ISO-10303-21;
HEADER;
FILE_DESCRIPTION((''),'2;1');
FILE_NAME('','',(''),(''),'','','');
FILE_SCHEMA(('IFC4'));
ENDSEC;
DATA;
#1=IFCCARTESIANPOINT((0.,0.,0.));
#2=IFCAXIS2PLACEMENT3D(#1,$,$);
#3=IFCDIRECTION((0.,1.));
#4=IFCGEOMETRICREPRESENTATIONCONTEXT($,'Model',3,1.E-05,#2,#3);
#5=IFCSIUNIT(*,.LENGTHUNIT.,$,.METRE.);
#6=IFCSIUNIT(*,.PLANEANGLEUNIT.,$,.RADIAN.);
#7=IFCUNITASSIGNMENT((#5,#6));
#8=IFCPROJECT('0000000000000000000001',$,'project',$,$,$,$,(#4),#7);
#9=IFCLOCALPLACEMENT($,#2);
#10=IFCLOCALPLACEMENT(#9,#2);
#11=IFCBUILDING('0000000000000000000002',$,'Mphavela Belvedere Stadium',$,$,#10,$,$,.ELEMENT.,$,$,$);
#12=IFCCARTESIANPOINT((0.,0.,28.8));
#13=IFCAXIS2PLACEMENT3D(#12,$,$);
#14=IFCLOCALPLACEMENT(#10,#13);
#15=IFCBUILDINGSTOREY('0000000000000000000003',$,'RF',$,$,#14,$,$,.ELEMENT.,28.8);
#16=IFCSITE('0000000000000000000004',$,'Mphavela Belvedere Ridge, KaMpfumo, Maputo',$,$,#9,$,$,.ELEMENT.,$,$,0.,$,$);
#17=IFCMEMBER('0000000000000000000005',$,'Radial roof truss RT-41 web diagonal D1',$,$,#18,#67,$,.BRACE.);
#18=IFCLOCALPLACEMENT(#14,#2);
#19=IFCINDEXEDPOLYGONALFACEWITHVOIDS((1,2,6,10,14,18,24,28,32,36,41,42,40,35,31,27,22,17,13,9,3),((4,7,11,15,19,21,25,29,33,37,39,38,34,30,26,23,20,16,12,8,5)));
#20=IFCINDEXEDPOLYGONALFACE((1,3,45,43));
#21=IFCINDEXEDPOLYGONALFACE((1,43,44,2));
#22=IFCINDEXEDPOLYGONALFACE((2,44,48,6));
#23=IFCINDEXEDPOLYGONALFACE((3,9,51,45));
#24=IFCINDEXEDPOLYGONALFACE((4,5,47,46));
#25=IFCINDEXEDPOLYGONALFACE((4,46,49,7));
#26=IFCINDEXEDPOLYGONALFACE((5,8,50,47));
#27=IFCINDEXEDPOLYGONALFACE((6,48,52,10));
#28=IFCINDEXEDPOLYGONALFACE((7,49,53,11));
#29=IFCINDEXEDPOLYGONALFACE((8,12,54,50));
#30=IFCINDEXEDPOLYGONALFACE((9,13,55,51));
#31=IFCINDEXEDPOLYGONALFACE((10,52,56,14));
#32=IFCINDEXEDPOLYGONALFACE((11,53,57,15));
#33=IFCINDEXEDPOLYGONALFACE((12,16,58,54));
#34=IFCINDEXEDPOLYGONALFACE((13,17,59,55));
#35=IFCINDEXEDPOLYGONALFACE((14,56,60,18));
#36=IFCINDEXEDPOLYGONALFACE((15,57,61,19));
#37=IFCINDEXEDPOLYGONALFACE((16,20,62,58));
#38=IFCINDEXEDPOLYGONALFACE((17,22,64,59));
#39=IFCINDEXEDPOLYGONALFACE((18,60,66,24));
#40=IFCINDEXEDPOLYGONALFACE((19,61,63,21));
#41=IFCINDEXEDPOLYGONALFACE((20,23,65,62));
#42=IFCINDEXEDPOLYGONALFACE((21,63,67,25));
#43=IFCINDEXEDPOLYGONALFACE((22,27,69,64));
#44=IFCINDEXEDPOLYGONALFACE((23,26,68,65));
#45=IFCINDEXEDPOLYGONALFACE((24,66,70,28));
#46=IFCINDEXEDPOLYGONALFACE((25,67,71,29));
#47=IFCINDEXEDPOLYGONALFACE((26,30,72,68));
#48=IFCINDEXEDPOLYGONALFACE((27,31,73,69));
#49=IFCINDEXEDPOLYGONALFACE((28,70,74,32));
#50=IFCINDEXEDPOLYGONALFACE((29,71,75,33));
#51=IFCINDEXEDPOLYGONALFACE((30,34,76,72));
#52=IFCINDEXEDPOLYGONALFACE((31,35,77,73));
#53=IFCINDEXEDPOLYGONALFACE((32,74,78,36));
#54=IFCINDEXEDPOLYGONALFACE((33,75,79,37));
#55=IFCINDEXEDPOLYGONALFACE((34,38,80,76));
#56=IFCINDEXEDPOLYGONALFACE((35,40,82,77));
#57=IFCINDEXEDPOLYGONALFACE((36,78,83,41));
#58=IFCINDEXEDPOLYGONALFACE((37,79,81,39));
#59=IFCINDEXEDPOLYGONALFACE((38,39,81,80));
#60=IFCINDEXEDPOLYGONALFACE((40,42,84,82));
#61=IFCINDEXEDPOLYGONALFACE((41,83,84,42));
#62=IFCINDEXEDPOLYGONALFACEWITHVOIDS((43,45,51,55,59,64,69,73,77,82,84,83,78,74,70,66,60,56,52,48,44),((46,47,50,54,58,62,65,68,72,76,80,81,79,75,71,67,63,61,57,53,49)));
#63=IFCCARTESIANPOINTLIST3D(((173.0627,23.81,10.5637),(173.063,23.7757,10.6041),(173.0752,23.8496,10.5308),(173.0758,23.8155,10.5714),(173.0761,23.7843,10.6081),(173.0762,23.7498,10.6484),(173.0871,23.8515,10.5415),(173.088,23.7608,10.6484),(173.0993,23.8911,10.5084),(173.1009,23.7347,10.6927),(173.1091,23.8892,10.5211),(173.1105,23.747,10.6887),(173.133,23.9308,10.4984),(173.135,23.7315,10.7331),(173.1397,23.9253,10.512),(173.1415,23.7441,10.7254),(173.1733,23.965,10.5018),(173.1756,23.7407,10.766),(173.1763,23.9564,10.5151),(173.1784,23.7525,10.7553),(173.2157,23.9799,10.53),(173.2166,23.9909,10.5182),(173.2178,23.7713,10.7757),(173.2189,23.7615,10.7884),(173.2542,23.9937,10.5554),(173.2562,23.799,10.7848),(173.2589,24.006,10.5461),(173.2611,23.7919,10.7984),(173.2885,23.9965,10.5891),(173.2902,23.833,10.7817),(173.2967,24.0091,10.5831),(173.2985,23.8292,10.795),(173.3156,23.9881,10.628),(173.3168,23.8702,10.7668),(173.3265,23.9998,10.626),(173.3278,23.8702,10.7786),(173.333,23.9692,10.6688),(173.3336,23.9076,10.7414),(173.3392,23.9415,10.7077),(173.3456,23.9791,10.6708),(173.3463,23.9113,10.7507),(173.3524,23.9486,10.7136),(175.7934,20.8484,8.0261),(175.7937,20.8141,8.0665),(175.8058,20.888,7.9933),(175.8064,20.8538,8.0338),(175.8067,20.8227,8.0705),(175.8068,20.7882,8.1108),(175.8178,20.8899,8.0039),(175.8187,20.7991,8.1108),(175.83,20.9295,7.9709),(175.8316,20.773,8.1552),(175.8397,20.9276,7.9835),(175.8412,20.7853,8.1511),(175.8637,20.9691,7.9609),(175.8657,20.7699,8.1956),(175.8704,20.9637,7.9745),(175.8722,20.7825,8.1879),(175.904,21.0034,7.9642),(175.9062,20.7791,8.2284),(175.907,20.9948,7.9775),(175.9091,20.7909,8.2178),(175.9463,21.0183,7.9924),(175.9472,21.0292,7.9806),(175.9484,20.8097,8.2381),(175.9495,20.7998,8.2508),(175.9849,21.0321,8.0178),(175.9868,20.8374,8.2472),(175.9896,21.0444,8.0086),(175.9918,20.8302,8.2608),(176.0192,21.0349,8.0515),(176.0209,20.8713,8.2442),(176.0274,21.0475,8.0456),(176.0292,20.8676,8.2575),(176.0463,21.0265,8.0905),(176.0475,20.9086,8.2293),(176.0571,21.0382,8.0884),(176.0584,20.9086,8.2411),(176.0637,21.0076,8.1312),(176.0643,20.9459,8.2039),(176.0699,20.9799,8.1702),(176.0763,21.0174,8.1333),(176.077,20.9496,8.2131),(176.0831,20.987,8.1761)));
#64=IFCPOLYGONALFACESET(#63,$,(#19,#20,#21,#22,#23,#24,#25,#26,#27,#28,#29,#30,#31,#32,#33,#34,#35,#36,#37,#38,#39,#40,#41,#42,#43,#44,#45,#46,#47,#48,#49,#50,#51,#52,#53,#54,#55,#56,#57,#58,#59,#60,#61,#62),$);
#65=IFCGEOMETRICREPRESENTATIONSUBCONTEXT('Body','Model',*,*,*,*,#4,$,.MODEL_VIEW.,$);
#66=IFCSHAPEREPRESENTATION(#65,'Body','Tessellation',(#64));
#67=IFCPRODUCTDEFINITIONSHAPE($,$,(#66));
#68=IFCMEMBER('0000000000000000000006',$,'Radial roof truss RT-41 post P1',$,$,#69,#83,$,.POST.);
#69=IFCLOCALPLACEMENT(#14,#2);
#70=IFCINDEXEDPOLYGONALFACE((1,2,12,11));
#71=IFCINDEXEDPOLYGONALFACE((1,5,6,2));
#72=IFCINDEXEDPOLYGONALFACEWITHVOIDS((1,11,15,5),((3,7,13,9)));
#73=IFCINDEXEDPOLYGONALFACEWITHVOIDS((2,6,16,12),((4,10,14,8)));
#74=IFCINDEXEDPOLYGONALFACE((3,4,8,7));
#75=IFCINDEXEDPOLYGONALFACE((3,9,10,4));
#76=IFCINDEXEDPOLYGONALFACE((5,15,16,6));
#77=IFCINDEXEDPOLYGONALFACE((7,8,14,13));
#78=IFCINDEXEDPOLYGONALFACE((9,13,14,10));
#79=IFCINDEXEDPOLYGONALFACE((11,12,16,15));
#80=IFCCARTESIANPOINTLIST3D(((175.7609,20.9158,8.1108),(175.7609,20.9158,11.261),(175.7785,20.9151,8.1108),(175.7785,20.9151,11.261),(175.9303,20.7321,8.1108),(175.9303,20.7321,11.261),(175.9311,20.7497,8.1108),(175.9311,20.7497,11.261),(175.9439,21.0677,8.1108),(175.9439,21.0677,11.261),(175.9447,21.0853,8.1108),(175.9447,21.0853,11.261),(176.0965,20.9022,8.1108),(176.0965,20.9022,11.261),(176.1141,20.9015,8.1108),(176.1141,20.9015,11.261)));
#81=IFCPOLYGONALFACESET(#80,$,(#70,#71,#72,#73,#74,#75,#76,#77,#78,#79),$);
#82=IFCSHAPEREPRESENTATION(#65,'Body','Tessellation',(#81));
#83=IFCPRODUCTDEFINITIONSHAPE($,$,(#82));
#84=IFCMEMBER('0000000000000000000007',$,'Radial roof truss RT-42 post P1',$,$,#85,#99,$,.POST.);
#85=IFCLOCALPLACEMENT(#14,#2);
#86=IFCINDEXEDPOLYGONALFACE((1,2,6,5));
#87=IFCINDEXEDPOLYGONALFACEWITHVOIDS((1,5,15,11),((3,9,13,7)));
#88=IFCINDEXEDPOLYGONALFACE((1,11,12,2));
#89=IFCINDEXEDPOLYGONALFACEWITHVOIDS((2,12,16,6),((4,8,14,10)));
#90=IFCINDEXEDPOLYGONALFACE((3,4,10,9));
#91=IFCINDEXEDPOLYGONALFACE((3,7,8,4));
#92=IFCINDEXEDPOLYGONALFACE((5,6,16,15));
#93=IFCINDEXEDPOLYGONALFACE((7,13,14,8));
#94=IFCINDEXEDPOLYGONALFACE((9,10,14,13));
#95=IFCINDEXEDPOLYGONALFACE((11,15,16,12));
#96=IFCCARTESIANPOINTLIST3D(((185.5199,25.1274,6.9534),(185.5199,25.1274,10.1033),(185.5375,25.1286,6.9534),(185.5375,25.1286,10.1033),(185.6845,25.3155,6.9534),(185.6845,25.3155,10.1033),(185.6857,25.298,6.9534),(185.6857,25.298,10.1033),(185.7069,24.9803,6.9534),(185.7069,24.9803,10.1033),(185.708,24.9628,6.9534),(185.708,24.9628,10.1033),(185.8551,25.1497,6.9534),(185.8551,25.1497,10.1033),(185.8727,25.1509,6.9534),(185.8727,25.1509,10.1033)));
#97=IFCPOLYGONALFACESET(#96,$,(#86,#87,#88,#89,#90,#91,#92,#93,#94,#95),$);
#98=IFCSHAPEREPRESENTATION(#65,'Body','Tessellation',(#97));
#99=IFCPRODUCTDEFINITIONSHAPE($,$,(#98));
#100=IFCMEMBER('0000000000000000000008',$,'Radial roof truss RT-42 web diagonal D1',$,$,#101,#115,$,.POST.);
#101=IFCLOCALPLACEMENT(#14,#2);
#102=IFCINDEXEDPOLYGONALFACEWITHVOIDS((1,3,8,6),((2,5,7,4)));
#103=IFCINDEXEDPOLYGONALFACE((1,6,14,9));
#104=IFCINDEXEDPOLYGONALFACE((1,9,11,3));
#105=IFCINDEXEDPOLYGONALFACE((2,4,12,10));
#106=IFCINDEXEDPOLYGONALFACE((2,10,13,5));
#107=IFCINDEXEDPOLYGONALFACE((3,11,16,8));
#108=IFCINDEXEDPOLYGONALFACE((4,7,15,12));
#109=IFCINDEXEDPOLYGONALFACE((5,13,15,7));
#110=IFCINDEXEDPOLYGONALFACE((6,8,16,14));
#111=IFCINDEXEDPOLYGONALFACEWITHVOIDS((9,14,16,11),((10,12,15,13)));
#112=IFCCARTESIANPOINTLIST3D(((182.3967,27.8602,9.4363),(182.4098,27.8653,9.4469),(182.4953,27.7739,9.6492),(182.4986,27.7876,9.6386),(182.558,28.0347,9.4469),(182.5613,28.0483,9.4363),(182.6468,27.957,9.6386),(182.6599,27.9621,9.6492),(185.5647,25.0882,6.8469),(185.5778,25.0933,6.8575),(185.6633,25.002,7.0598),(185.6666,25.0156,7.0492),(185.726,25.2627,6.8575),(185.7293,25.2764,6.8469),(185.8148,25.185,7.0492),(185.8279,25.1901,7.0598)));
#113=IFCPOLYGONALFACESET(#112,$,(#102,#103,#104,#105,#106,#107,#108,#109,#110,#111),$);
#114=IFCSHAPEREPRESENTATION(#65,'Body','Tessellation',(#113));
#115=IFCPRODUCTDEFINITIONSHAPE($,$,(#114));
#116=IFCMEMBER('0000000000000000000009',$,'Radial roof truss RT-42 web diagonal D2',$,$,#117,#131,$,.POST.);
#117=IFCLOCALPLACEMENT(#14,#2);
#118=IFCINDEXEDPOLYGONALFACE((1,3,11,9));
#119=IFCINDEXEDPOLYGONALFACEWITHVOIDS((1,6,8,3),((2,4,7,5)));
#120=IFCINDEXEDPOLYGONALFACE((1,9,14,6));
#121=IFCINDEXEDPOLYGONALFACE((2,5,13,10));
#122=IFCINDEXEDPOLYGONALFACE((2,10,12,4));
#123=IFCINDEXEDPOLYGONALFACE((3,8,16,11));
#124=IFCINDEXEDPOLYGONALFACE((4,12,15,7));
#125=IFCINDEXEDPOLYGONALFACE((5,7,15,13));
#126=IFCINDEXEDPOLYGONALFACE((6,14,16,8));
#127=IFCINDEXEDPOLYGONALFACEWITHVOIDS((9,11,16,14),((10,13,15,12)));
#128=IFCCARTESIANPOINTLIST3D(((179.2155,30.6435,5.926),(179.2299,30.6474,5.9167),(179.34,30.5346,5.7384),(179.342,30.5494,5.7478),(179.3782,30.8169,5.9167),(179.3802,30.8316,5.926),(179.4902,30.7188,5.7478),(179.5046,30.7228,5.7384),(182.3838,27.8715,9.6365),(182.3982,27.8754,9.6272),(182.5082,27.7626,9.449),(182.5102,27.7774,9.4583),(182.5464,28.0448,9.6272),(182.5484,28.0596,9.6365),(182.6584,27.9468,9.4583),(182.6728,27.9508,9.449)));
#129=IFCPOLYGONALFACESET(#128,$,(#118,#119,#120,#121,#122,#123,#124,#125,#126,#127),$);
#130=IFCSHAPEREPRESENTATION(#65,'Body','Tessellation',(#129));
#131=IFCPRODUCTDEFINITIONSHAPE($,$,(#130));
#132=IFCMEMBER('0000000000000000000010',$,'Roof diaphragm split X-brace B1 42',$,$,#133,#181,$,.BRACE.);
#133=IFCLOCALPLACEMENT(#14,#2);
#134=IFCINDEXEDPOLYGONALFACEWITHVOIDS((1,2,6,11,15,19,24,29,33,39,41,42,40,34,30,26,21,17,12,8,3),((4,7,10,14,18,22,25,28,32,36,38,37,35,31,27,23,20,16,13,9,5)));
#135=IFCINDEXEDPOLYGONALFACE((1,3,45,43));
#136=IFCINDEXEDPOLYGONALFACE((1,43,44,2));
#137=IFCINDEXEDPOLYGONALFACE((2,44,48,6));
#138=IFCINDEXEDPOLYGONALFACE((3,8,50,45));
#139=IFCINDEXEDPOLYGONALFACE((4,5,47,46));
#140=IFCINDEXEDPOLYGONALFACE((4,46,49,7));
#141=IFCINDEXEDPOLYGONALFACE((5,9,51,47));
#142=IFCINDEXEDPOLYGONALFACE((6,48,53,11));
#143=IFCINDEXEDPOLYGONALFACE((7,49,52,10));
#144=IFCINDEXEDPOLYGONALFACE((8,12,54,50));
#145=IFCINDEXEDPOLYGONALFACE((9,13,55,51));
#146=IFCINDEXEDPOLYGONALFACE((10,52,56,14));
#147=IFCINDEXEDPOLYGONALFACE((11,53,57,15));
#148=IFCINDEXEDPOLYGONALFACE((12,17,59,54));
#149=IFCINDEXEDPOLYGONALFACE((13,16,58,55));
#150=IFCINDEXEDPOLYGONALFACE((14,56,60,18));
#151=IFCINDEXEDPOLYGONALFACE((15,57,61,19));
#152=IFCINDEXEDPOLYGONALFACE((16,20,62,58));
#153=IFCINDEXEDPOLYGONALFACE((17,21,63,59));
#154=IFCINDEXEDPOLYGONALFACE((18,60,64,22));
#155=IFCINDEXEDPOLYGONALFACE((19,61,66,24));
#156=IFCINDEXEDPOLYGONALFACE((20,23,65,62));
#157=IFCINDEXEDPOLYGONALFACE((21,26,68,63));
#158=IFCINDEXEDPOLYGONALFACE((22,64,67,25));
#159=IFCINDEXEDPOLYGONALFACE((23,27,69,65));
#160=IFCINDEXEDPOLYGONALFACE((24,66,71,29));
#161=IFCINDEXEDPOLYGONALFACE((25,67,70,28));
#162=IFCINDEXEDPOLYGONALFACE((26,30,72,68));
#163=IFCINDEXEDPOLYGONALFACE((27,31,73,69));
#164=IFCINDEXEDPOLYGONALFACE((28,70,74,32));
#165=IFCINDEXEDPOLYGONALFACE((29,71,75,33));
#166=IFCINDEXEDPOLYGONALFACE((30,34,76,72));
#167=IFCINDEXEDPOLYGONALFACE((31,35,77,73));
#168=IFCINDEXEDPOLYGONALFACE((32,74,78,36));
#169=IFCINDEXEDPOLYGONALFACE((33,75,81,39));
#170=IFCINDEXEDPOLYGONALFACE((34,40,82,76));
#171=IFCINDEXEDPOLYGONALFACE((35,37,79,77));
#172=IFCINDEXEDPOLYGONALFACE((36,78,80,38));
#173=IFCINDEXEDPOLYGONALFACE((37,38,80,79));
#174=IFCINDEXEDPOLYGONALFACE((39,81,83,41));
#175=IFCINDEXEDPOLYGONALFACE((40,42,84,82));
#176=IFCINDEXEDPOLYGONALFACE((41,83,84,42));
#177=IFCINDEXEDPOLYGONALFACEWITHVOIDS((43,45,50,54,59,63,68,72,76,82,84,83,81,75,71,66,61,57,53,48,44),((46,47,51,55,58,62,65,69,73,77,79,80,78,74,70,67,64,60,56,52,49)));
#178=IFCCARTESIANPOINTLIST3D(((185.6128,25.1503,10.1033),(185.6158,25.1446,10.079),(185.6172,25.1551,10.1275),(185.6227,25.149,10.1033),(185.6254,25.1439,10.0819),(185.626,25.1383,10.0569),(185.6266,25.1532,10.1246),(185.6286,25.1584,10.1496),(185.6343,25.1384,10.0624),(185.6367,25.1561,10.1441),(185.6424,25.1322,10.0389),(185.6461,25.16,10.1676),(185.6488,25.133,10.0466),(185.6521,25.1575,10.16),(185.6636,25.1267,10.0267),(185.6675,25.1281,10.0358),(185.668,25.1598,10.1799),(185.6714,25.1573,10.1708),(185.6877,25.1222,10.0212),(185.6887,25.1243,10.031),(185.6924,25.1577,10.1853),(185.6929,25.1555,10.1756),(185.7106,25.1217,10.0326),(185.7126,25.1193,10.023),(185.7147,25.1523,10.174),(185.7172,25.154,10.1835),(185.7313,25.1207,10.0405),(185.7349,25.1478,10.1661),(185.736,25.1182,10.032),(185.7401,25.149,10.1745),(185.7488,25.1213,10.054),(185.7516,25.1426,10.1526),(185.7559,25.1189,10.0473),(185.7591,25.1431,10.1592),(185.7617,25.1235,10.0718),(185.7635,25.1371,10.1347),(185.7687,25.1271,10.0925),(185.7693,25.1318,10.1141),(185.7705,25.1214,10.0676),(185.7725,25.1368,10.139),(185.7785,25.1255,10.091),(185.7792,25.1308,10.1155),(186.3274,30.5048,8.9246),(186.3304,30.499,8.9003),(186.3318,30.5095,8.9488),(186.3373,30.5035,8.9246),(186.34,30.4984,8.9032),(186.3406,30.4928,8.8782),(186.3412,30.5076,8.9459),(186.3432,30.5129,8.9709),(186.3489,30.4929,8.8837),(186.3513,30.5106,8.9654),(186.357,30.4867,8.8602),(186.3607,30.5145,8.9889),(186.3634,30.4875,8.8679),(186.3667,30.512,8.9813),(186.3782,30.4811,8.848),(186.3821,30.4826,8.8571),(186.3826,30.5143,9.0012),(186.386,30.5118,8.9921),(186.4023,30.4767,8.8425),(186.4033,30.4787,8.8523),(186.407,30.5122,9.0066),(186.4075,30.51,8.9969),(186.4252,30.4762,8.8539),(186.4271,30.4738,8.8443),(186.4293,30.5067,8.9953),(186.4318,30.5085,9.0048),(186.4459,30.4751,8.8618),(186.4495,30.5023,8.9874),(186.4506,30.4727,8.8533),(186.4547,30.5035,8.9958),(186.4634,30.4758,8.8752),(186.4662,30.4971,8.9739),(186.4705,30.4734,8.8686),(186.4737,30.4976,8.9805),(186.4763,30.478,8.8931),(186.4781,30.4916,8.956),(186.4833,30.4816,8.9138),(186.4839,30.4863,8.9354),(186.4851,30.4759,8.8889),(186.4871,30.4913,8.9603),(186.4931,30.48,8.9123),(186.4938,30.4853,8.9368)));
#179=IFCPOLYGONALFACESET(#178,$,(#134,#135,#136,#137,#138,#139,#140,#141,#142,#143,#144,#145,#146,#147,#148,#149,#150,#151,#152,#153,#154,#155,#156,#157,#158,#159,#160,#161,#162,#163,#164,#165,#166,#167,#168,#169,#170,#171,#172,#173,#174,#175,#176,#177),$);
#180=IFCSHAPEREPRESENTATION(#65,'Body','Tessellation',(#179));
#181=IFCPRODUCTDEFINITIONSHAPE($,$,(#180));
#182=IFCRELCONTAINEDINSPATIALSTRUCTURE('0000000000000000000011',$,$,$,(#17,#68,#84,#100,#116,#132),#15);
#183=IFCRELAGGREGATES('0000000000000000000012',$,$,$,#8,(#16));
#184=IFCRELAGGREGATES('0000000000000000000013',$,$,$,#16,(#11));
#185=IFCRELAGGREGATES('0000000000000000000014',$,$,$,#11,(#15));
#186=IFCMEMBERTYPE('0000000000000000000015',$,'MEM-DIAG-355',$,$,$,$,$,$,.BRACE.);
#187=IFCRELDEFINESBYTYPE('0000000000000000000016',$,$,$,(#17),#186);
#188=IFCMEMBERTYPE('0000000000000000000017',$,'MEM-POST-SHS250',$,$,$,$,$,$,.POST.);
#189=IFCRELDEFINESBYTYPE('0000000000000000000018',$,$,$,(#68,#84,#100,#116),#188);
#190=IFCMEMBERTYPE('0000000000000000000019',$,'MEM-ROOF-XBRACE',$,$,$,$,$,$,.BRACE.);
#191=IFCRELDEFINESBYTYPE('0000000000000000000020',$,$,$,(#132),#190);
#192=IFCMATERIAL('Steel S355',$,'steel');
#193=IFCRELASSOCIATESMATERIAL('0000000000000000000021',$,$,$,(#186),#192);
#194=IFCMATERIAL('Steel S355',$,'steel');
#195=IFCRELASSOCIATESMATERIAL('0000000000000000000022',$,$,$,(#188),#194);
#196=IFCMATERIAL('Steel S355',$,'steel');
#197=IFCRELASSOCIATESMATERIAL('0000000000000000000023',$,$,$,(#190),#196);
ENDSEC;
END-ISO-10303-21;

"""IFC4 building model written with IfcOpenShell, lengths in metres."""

from ifc_helpers import new_model, si_unit, direction, frame, origin, origin_2d, place, context, subcontext, project, spatial, hollow_rectangle, hollow_circle, extrude, material, material_profile, profile_set, type_object, element, save


model = new_model("IFC4")

# Units and contexts
model_context = context("Model", 3, precision=1e-05, world=origin(), true_north=direction((0.0, 1.0)))
body_context = subcontext(model_context, "Body", "Model", "MODEL_VIEW")
ifc_project = project(units=[si_unit("LENGTHUNIT", "METRE"), si_unit("PLANEANGLEUNIT", "RADIAN")], contexts=[model_context])

# Site, building, storey
site_placement = place(None, origin())
site = spatial("IfcSite", under=ifc_project, at=site_placement, Name="Mphavela Belvedere Ridge, KaMpfumo, Maputo", CompositionType="ELEMENT", RefElevation=0.0)
building_placement = place(site_placement, origin())
building = spatial("IfcBuilding", under=site, at=building_placement, Name="Mphavela Belvedere Stadium", CompositionType="ELEMENT")
storey_placement = place(building_placement, frame((0.0, 0.0, 28.8)))
storey = spatial("IfcBuildingStorey", under=building, at=storey_placement, Name="RF", CompositionType="ELEMENT", Elevation=28.8)

# Members
ifc_material_1 = material(Name="Steel S355", Category="steel")
ifc_material_profile_1 = material_profile(ifc_material_1, hollow_circle(Radius=0.1777, WallThickness=0.0161, at=origin_2d()), Name="CHS 355.6x16")
ifc_profile_set_1 = profile_set([ifc_material_profile_1], Name="Steel S355")
member_type_1 = type_object("IfcMemberType", Name="MEM-DIAG-355", PredefinedType="BRACE", material=ifc_profile_set_1)
member_1_placement = place(storey_placement, frame((175.9375, 20.9087, 8.1108), z_axis=(-0.573552, 0.622061, 0.53299), x_axis=(-0.735191, -0.67786, 0.0)))
element("IfcMember", 1, at=member_1_placement, inside=storey, type_object=member_type_1, Name="Radial roof truss RT-41 web diagonal D1", PredefinedType="BRACE", context=body_context, shape_type="SweptSolid", body=[
    extrude(hollow_circle(Radius=0.1777, WallThickness=0.0161, at=origin_2d()), origin(), (0.0, 0.0, 1.0), 4.761),
])
ifc_material_2 = material(Name="Steel S355", Category="steel")
ifc_material_profile_2 = material_profile(ifc_material_2, hollow_rectangle(XDim=0.25, YDim=0.25, WallThickness=0.0125, at=origin_2d()), Name="SHS 250x250x12.5")
ifc_profile_set_2 = profile_set([ifc_material_profile_2], Name="Steel S355")
member_type_2 = type_object("IfcMemberType", Name="MEM-POST-SHS250", PredefinedType="POST", material=ifc_profile_set_2)
member_2_placement = place(storey_placement, frame((175.9375, 20.9087, 8.1108), z_axis=(0.0, 0.0, 1.0), x_axis=(0.677903, -0.735151, 0.0)))
element("IfcMember", 2, at=member_2_placement, inside=storey, type_object=member_type_2, Name="Radial roof truss RT-41 post P1", PredefinedType="POST", context=body_context, shape_type="SweptSolid", body=[
    extrude(hollow_rectangle(XDim=0.25, YDim=0.25, WallThickness=0.0125, at=origin_2d()), origin(), (0.0, 0.0, 1.0), 3.1501),
])
member_3_placement = place(storey_placement, frame((185.6963, 25.1392, 6.9534), z_axis=(0.0, 0.0, 1.0), x_axis=(0.75253, -0.658558, 0.0)))
element("IfcMember", 3, at=member_3_placement, inside=storey, type_object=member_type_2, Name="Radial roof truss RT-42 post P1", PredefinedType="POST", context=body_context, shape_type="SweptSolid", body=[
    extrude(hollow_rectangle(XDim=0.25, YDim=0.25, WallThickness=0.0125, at=origin_2d()), origin(), (0.0, 0.0, 1.0), 3.1499),
])
member_4_placement = place(storey_placement, frame((185.6963, 25.1392, 6.9534), z_axis=(-0.641013, 0.560887, 0.523935), x_axis=(-0.658505, -0.752577, 0.0)))
element("IfcMember", 4, at=member_4_placement, inside=storey, type_object=member_type_2, Name="Radial roof truss RT-42 web diagonal D1", PredefinedType="POST", context=body_context, shape_type="SweptSolid", body=[
    extrude(hollow_rectangle(XDim=0.25, YDim=0.25, WallThickness=0.0125, at=origin_2d()), origin(), (0.0, 0.0, 1.0), 4.9421),
])
member_5_placement = place(storey_placement, frame((182.5283, 27.9111, 9.5427), z_axis=(-0.564594, 0.493981, -0.661223), x_axis=(-0.658476, -0.752602, 0.0)))
element("IfcMember", 5, at=member_5_placement, inside=storey, type_object=member_type_2, Name="Radial roof truss RT-42 web diagonal D2", PredefinedType="POST", context=body_context, shape_type="SweptSolid", body=[
    extrude(hollow_rectangle(XDim=0.25, YDim=0.25, WallThickness=0.0125, at=origin_2d()), origin(), (0.0, 0.0, 1.0), 5.6116),
])
ifc_material_3 = material(Name="Steel S355", Category="steel")
ifc_material_profile_3 = material_profile(ifc_material_3, hollow_circle(Radius=0.0842, WallThickness=0.01, at=origin_2d()), Name="CHS 168.3x10")
ifc_profile_set_3 = profile_set([ifc_material_profile_3], Name="Steel S355")
member_type_3 = type_object("IfcMemberType", Name="MEM-ROOF-XBRACE", PredefinedType="BRACE", material=ifc_profile_set_3)
member_6_placement = place(storey_placement, frame((185.6963, 25.1392, 10.1033), z_axis=(0.129244, 0.968426, -0.213184), x_axis=(-0.991212, 0.132285, 0.0)))
element("IfcMember", 6, at=member_6_placement, inside=storey, type_object=member_type_3, Name="Roof diaphragm split X-brace B1 42", PredefinedType="BRACE", context=body_context, shape_type="SweptSolid", body=[
    extrude(hollow_circle(Radius=0.0842, WallThickness=0.01, at=origin_2d()), origin(), (0.0, 0.0, 1.0), 5.5291),
])

save(model, "model.ifc")
